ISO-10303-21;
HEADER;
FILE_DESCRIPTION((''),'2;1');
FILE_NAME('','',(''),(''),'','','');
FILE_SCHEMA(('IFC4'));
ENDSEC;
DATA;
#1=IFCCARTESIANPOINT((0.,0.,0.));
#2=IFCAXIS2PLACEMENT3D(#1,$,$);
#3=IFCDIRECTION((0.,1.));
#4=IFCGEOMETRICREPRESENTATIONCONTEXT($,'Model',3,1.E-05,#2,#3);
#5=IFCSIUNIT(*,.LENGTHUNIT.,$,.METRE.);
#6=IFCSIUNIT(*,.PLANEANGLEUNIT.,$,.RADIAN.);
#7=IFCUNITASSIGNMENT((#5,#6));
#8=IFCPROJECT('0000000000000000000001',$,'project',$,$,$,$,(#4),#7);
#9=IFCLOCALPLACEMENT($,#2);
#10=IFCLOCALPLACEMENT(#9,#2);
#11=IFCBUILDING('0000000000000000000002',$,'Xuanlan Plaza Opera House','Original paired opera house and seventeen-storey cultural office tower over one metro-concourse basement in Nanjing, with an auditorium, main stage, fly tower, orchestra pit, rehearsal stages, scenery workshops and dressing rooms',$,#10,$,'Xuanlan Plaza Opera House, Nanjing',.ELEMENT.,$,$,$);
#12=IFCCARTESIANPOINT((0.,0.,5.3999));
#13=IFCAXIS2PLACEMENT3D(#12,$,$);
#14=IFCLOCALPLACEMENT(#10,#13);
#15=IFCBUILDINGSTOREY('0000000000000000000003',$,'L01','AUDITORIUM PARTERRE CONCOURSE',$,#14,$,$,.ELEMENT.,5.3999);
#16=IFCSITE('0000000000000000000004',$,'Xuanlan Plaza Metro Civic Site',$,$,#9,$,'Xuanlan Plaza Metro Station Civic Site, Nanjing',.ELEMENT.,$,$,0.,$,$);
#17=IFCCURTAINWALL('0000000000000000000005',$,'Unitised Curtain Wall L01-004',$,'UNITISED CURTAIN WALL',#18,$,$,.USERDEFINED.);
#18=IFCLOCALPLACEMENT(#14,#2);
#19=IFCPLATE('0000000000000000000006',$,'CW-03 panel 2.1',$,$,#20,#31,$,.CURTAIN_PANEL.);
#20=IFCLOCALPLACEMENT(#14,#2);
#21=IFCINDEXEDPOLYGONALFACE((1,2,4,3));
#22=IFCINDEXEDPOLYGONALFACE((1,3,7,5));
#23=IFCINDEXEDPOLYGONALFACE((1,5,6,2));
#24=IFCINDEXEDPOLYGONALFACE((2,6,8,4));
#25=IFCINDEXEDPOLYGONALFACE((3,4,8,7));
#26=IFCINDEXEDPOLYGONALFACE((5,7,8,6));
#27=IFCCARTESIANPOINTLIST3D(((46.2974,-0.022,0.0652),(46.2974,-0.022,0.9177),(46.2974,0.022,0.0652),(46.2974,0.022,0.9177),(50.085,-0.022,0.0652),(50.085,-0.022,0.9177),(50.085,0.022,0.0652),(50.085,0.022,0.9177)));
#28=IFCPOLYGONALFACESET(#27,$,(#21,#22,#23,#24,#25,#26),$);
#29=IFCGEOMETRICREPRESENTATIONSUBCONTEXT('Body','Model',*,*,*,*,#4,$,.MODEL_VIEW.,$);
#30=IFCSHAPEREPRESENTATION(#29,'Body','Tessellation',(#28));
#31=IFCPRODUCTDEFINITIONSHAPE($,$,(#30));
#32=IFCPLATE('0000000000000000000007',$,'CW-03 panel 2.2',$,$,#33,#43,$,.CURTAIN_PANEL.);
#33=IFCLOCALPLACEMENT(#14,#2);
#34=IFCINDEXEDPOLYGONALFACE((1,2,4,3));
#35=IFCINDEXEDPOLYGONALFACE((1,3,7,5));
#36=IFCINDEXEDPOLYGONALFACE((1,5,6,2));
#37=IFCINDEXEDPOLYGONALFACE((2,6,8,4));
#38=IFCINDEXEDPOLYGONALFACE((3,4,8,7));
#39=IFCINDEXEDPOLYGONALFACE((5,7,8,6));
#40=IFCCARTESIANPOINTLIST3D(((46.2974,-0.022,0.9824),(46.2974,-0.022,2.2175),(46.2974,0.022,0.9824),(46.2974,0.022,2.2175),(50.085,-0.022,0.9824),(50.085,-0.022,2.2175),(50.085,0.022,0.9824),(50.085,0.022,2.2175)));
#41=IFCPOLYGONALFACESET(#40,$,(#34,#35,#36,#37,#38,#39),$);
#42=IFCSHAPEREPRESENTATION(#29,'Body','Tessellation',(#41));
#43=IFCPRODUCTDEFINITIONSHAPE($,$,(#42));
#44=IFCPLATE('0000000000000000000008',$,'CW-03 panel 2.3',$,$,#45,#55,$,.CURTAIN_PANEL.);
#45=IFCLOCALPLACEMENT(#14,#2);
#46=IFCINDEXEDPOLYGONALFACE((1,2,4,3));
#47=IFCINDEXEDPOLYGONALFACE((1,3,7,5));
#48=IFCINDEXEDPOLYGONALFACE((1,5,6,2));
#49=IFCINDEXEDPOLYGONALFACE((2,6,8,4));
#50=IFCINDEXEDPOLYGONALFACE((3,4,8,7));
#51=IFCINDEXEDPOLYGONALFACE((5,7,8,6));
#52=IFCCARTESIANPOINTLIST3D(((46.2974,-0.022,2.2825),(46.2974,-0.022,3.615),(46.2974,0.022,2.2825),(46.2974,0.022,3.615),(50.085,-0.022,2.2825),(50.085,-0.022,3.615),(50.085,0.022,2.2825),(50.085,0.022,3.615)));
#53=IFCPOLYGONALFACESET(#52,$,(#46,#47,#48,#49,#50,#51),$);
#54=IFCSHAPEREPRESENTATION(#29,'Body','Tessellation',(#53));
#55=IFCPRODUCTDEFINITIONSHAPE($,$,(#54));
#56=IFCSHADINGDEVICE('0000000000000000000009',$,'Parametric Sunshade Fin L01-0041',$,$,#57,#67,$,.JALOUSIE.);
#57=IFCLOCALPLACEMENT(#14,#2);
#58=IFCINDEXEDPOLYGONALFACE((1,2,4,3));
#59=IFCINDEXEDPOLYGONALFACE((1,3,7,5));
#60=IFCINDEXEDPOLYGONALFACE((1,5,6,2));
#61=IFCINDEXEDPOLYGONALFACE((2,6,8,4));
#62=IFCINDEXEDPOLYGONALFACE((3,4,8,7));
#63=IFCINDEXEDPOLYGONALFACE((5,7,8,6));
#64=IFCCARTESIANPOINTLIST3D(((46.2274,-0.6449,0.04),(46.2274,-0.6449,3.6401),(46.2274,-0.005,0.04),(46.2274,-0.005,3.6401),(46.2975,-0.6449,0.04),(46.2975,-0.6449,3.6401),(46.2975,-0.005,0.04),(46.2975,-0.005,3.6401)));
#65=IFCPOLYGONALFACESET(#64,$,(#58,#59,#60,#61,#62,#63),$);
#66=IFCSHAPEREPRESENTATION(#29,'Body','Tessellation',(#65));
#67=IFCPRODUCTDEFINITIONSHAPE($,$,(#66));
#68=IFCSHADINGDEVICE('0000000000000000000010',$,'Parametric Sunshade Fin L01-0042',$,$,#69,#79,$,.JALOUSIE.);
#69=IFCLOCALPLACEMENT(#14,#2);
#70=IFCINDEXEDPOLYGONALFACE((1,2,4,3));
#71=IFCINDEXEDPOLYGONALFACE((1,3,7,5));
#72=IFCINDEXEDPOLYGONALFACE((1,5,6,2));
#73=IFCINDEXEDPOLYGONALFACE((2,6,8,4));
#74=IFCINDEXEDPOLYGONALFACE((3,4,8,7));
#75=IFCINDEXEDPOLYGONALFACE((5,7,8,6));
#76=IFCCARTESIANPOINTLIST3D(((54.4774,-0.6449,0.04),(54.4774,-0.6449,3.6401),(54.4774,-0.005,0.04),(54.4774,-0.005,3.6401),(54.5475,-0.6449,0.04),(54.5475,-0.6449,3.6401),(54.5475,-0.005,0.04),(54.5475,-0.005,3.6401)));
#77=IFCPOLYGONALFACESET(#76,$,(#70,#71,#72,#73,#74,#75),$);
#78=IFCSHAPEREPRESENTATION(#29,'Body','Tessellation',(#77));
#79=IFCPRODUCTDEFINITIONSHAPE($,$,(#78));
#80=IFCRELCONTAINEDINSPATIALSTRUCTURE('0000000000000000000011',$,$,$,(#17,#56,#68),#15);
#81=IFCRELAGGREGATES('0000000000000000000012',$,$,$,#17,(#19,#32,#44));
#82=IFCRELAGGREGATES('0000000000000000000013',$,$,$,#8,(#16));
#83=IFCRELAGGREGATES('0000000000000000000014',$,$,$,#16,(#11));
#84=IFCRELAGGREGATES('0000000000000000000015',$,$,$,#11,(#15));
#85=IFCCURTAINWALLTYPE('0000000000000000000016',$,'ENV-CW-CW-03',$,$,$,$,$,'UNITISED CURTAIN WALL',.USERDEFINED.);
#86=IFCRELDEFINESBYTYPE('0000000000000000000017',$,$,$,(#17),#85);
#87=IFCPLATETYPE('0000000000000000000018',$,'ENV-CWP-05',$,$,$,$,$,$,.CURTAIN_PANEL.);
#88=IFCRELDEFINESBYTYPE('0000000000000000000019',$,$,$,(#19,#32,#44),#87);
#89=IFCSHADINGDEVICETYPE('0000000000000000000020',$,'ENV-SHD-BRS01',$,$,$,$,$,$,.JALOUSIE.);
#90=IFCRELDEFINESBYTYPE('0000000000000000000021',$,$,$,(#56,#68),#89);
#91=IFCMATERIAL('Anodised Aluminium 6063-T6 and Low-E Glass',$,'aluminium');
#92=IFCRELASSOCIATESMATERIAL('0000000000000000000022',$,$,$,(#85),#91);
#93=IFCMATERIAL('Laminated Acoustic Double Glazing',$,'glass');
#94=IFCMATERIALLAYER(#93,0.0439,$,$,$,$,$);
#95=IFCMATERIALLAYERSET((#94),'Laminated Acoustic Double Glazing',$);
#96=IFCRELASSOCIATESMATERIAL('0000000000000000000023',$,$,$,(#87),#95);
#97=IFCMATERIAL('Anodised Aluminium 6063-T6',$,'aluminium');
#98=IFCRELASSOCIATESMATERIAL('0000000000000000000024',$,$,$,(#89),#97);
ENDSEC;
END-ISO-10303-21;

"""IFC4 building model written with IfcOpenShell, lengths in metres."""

from ifc_helpers import new_model, si_unit, direction, frame, origin, origin_2d, place, context, subcontext, project, spatial, rectangle, extrude, material, layer, layer_set, type_object, element, aggregate, save


model = new_model("IFC4")

# Units and contexts
model_context = context("Model", 3, precision=1e-05, world=origin(), true_north=direction((0.0, 1.0)))
body_context = subcontext(model_context, "Body", "Model", "MODEL_VIEW")
ifc_project = project(units=[si_unit("LENGTHUNIT", "METRE"), si_unit("PLANEANGLEUNIT", "RADIAN")], contexts=[model_context])

# Site, building, storey
site_placement = place(None, origin())
site = spatial("IfcSite", under=ifc_project, at=site_placement, Name="Xuanlan Plaza Metro Civic Site", LongName="Xuanlan Plaza Metro Station Civic Site, Nanjing", CompositionType="ELEMENT", RefElevation=0.0)
building_placement = place(site_placement, origin())
building = spatial("IfcBuilding", under=site, at=building_placement, Name="Xuanlan Plaza Opera House", Description="Original paired opera house and seventeen-storey cultural office tower over one metro-concourse basement in Nanjing, with an auditorium, main stage, fly tower, orchestra pit, rehearsal stages, scenery workshops and dressing rooms", LongName="Xuanlan Plaza Opera House, Nanjing", CompositionType="ELEMENT")
storey_placement = place(building_placement, frame((0.0, 0.0, 5.3999)))
storey = spatial("IfcBuildingStorey", under=building, at=storey_placement, Name="L01", Description="AUDITORIUM PARTERRE CONCOURSE", CompositionType="ELEMENT", Elevation=5.3999)

# Curtain wall
ifc_material_1 = material(Name="Anodised Aluminium 6063-T6 and Low-E Glass", Category="aluminium")
curtain_wall_type_1 = type_object("IfcCurtainWallType", Name="ENV-CW-CW-03", ElementType="UNITISED CURTAIN WALL", PredefinedType="USERDEFINED", material=ifc_material_1)
curtain_wall_1_placement = place(storey_placement, origin())
curtain_wall_1 = element("IfcCurtainWall", 1, at=curtain_wall_1_placement, inside=storey, type_object=curtain_wall_type_1, Name="Unitised Curtain Wall L01-004", ObjectType="UNITISED CURTAIN WALL", PredefinedType="USERDEFINED")
ifc_material_2 = material(Name="Anodised Aluminium 6063-T6", Category="aluminium")

# Plates
ifc_material_3 = material(Name="Laminated Acoustic Double Glazing", Category="glass")
ifc_layer_1 = layer(ifc_material_3, 0.0439)
ifc_layer_set_1 = layer_set([ifc_layer_1], Name="Laminated Acoustic Double Glazing")
plate_type_1 = type_object("IfcPlateType", Name="ENV-CWP-05", PredefinedType="CURTAIN_PANEL", material=ifc_layer_set_1)
plate_1_placement = place(storey_placement, frame((48.1912, 0.0, 0.0652), z_axis=(0.0, 0.0, 1.0), x_axis=(1.0, 0.0, 0.0)))
plate_1 = element("IfcPlate", 2, at=plate_1_placement, type_object=plate_type_1, Name="CW-03 panel 2.1", PredefinedType="CURTAIN_PANEL", context=body_context, shape_type="SweptSolid", body=[
    extrude(rectangle(XDim=3.7876, YDim=0.0439, at=origin_2d()), origin(), (0.0, 0.0, 1.0), 0.8525),
])
plate_2_placement = place(storey_placement, frame((48.1912, 0.0, 0.9824), z_axis=(0.0, 0.0, 1.0), x_axis=(1.0, 0.0, 0.0)))
plate_2 = element("IfcPlate", 3, at=plate_2_placement, type_object=plate_type_1, Name="CW-03 panel 2.2", PredefinedType="CURTAIN_PANEL", context=body_context, shape_type="SweptSolid", body=[
    extrude(rectangle(XDim=3.7876, YDim=0.0439, at=origin_2d()), origin(), (0.0, 0.0, 1.0), 1.2351),
])
plate_3_placement = place(storey_placement, frame((48.1912, 0.0, 2.2825), z_axis=(0.0, 0.0, 1.0), x_axis=(1.0, 0.0, 0.0)))
plate_3 = element("IfcPlate", 4, at=plate_3_placement, type_object=plate_type_1, Name="CW-03 panel 2.3", PredefinedType="CURTAIN_PANEL", context=body_context, shape_type="SweptSolid", body=[
    extrude(rectangle(XDim=3.7876, YDim=0.0439, at=origin_2d()), origin(), (0.0, 0.0, 1.0), 1.3325),
])
aggregate(curtain_wall_1, [plate_1, plate_2, plate_3])

# Shading devices
shading_device_type = type_object("IfcShadingDeviceType", Name="ENV-SHD-BRS01", PredefinedType="JALOUSIE", material=ifc_material_2)
for number, where, z_axis, x_axis, name in (
    (5, (46.2625, -0.325, 0.04), (0.0, 0.0, 1.0), (0.0, -1.0, 0.0), "Parametric Sunshade Fin L01-0041"),
    (6, (54.5125, -0.325, 0.04), (0.0, 0.0, 1.0), (0.0, -1.0, 0.0), "Parametric Sunshade Fin L01-0042"),
):
    element("IfcShadingDevice", number, at=place(storey_placement, frame(where, z_axis=z_axis, x_axis=x_axis)), inside=storey, type_object=shading_device_type, Name=name, PredefinedType="JALOUSIE", context=body_context, shape_type="SweptSolid", body=[
        extrude(rectangle(XDim=0.6399, YDim=0.0701, at=origin_2d()), origin(), (0.0, 0.0, 1.0), 3.6001),
    ])

save(model, "model.ifc")
